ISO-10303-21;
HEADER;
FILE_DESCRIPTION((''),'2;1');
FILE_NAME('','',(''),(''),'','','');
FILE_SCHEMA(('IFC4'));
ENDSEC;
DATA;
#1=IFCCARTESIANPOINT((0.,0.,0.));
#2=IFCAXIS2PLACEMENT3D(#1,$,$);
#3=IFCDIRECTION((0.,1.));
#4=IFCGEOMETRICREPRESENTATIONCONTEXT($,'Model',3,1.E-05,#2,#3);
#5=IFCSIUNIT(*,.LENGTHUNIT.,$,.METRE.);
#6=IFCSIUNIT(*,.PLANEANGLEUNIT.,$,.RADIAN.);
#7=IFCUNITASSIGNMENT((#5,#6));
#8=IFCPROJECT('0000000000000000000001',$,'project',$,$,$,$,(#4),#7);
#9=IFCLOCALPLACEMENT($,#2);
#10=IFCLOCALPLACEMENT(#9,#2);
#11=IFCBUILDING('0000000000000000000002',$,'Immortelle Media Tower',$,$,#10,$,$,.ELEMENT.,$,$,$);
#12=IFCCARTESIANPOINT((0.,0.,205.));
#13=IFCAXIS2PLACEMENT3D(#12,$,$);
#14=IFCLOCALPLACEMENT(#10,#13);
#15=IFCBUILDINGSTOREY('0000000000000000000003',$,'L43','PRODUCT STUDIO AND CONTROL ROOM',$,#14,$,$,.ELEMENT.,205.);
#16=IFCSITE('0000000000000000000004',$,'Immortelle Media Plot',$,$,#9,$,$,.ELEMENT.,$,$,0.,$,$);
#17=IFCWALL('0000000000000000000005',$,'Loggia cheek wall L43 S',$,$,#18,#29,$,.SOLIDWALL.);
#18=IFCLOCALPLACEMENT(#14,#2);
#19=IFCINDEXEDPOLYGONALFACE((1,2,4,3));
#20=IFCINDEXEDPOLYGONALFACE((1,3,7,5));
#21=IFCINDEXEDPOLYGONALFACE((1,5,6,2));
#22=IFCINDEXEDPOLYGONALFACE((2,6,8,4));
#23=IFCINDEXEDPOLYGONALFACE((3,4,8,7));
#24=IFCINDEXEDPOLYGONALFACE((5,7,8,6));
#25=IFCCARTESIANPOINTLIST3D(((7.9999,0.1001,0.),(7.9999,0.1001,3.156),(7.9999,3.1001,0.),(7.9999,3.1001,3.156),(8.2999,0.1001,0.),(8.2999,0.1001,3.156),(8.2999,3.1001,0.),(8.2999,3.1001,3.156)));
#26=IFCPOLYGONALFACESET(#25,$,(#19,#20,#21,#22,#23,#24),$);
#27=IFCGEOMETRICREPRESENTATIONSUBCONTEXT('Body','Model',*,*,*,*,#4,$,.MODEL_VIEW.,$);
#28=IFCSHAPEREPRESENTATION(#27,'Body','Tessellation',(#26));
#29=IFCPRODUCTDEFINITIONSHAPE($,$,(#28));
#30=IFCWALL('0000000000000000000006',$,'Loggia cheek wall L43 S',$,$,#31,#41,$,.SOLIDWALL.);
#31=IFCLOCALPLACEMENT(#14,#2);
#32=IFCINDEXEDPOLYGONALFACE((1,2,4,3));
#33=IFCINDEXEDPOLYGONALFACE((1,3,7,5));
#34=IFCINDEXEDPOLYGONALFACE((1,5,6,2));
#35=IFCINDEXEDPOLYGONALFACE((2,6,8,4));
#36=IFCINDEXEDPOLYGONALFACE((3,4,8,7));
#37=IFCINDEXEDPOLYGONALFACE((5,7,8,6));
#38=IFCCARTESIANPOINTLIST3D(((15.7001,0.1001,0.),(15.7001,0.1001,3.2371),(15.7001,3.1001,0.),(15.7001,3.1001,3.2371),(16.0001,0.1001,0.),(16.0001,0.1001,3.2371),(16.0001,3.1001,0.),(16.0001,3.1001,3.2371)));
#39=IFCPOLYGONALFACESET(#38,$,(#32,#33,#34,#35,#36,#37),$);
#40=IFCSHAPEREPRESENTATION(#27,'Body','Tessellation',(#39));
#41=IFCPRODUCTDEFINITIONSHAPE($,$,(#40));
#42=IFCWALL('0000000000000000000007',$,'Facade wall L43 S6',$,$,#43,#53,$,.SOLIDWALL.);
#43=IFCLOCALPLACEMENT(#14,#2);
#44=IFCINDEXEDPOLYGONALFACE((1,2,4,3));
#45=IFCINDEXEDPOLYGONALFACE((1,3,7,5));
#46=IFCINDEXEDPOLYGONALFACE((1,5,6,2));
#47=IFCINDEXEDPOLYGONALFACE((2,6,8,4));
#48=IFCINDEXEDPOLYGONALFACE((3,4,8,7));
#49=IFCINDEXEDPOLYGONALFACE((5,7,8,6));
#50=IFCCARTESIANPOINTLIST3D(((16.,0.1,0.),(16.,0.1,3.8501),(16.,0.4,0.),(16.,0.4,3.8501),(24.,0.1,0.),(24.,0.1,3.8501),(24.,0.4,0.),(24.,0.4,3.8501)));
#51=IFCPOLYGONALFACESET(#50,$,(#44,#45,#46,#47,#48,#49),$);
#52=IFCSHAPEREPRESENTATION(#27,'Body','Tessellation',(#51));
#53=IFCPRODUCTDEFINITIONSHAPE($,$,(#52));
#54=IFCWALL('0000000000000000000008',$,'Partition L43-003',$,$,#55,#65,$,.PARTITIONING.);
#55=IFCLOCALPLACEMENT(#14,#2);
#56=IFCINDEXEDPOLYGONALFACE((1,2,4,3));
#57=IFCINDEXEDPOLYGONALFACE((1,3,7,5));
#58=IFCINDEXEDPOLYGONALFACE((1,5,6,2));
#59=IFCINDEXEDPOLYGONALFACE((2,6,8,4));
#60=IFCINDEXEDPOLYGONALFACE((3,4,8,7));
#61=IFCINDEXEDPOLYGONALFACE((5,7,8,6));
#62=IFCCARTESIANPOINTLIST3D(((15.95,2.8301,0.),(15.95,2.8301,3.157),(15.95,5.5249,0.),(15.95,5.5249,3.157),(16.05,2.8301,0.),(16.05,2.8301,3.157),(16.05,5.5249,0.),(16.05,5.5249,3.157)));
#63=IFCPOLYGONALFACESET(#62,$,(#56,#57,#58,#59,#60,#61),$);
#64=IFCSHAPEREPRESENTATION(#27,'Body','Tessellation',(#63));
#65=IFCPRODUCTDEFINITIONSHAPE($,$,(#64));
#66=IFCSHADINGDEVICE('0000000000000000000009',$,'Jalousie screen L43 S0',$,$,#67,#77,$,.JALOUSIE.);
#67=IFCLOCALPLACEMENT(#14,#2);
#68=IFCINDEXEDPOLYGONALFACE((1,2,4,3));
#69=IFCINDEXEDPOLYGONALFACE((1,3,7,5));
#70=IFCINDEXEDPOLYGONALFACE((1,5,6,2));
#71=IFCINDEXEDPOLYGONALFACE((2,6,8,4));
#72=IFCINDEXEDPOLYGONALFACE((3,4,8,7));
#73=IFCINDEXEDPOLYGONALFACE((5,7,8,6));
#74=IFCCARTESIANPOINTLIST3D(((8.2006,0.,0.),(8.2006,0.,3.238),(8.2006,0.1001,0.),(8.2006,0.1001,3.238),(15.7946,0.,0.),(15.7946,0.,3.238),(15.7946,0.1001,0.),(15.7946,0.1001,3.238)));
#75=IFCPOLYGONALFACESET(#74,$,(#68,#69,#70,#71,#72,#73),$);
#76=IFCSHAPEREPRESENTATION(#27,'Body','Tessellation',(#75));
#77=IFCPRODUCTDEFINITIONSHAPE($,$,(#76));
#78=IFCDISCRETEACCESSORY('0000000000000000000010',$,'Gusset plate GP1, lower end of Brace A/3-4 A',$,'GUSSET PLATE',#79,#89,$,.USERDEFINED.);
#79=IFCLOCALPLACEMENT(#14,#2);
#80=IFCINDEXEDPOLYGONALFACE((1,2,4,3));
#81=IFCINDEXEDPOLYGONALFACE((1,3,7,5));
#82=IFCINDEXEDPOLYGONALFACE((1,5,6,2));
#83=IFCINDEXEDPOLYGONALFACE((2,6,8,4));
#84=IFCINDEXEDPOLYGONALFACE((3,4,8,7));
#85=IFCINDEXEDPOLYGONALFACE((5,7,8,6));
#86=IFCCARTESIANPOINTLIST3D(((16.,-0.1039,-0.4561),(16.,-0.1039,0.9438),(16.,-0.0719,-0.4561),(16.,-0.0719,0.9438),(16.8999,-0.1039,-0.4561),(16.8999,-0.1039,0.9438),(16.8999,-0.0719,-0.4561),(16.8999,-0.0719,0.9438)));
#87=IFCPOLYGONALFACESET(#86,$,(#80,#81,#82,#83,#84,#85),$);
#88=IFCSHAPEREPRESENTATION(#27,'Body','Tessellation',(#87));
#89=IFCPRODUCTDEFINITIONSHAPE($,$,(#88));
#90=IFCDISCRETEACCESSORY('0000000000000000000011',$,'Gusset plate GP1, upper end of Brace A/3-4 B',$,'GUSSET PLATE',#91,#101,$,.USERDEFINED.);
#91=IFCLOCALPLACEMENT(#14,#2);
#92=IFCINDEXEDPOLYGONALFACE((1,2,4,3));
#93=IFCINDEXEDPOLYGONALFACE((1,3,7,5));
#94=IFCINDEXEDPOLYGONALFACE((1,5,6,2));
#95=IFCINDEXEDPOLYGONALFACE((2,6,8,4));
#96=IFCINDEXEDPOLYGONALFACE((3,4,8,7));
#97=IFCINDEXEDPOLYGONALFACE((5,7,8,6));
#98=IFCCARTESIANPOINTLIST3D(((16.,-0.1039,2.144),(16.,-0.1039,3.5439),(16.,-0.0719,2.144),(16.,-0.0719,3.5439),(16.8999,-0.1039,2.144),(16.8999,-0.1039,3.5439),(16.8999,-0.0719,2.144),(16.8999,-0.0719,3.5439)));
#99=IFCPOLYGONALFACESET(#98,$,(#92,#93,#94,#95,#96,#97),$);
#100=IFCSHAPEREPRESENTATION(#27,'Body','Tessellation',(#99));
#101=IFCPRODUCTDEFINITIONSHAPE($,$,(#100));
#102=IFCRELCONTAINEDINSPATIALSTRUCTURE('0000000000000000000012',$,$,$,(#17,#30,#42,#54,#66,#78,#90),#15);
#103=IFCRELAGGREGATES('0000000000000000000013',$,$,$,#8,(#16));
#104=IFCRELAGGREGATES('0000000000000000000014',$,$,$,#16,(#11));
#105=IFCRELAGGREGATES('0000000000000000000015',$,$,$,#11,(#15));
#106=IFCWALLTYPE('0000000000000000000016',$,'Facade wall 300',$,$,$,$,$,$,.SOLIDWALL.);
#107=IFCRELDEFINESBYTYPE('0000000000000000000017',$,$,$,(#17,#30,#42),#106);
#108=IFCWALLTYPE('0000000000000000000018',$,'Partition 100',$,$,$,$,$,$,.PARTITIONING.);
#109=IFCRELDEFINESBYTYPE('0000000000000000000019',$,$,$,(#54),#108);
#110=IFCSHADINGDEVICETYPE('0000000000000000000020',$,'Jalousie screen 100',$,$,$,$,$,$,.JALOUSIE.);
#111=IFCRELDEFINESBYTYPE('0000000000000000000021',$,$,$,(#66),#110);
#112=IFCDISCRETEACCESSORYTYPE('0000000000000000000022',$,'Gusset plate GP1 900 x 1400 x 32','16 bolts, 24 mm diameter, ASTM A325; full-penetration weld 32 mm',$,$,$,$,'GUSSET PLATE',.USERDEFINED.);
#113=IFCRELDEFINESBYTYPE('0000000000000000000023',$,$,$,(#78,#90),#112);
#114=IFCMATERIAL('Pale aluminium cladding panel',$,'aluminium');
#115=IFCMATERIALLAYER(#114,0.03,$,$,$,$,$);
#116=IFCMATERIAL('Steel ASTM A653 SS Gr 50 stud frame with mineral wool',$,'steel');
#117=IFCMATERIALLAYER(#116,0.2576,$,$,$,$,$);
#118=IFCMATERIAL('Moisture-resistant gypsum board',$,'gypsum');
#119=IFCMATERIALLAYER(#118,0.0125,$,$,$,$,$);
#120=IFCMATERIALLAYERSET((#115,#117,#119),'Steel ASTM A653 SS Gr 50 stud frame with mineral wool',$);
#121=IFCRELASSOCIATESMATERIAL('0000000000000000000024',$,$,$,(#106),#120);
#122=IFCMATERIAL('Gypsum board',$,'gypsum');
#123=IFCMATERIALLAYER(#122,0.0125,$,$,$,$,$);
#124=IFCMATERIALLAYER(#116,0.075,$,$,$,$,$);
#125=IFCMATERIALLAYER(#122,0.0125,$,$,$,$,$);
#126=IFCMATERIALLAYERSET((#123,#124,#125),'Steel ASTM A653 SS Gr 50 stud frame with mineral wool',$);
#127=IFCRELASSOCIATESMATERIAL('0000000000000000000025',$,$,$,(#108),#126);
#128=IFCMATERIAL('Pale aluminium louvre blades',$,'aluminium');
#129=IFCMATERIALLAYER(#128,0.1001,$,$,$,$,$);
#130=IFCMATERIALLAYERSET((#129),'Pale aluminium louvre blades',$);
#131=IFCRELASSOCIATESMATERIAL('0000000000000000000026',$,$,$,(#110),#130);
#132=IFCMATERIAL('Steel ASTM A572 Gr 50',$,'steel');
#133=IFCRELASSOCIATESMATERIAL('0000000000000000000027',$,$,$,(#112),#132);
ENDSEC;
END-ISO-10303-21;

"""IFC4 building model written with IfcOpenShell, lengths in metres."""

from ifc_helpers import new_model, si_unit, direction, frame, frame_2d, origin, origin_2d, place, context, subcontext, project, spatial, rectangle, extrude, material, layer, layer_set, material_profile, profile_set, type_object, element, save


model = new_model("IFC4")

# Units and contexts
model_context = context("Model", 3, precision=1e-05, world=origin(), true_north=direction((0.0, 1.0)))
body_context = subcontext(model_context, "Body", "Model", "MODEL_VIEW")
ifc_project = project(units=[si_unit("LENGTHUNIT", "METRE"), si_unit("PLANEANGLEUNIT", "RADIAN")], contexts=[model_context])

# Site, building, storey
site_placement = place(None, origin())
site = spatial("IfcSite", under=ifc_project, at=site_placement, Name="Immortelle Media Plot", CompositionType="ELEMENT", RefElevation=0.0)
building_placement = place(site_placement, origin())
building = spatial("IfcBuilding", under=site, at=building_placement, Name="Immortelle Media Tower", CompositionType="ELEMENT")
storey_placement = place(building_placement, frame((0.0, 0.0, 205.0)))
storey = spatial("IfcBuildingStorey", under=building, at=storey_placement, Name="L43", Description="PRODUCT STUDIO AND CONTROL ROOM", CompositionType="ELEMENT", Elevation=205.0)

# Shared definitions
ifc_material_1 = material(Name="Pale aluminium cladding panel", Category="aluminium")
ifc_layer_1 = layer(ifc_material_1, 0.03)
ifc_material_2 = material(Name="Steel ASTM A653 SS Gr 50 stud frame with mineral wool", Category="steel")
ifc_layer_2 = layer(ifc_material_2, 0.2576)
ifc_material_3 = material(Name="Moisture-resistant gypsum board", Category="gypsum")
ifc_layer_3 = layer(ifc_material_3, 0.0125)
ifc_layer_set_1 = layer_set([ifc_layer_1, ifc_layer_2, ifc_layer_3], Name="Steel ASTM A653 SS Gr 50 stud frame with mineral wool")
wall_type_1 = type_object("IfcWallType", Name="Facade wall 300", PredefinedType="SOLIDWALL", material=ifc_layer_set_1)

# Walls
wall_1_placement = place(storey_placement, frame((8.1499, 0.1001, 0.0), z_axis=(0.0, 0.0, 1.0), x_axis=(0.0, 1.0, 0.0)))
element("IfcWall", 1, at=wall_1_placement, inside=storey, type_object=wall_type_1, Name="Loggia cheek wall L43 S", PredefinedType="SOLIDWALL", context=body_context, shape_type="SweptSolid", body=[
    extrude(rectangle(XDim=3.0, YDim=0.3, at=frame_2d((1.5, 0.0))), origin(), (0.0, 0.0, 1.0), 3.156),
])
wall_2_placement = place(storey_placement, frame((15.8501, 0.1001, 0.0), z_axis=(0.0, 0.0, 1.0), x_axis=(0.0, 1.0, 0.0)))
element("IfcWall", 2, at=wall_2_placement, inside=storey, type_object=wall_type_1, Name="Loggia cheek wall L43 S", PredefinedType="SOLIDWALL", context=body_context, shape_type="SweptSolid", body=[
    extrude(rectangle(XDim=3.0, YDim=0.3, at=frame_2d((1.5, 0.0))), origin(), (0.0, 0.0, 1.0), 3.2371),
])
wall_3_placement = place(storey_placement, frame((16.0, 0.25, 0.0), z_axis=(0.0, 0.0, 1.0), x_axis=(1.0, 0.0, 0.0)))
element("IfcWall", 3, at=wall_3_placement, inside=storey, type_object=wall_type_1, Name="Facade wall L43 S6", PredefinedType="SOLIDWALL", context=body_context, shape_type="SweptSolid", body=[
    extrude(rectangle(XDim=8.0, YDim=0.3, at=frame_2d((4.0, 0.0))), origin(), (0.0, 0.0, 1.0), 3.8501),
])
ifc_material_4 = material(Name="Gypsum board", Category="gypsum")
ifc_layer_4 = layer(ifc_material_4, 0.0125)
ifc_layer_5 = layer(ifc_material_2, 0.075)
ifc_layer_6 = layer(ifc_material_4, 0.0125)
ifc_layer_set_2 = layer_set([ifc_layer_4, ifc_layer_5, ifc_layer_6], Name="Steel ASTM A653 SS Gr 50 stud frame with mineral wool")
wall_type_2 = type_object("IfcWallType", Name="Partition 100", PredefinedType="PARTITIONING", material=ifc_layer_set_2)
wall_4_placement = place(storey_placement, frame((16.0, 2.8301, 0.0), z_axis=(0.0, 0.0, 1.0), x_axis=(0.0, 1.0, 0.0)))
element("IfcWall", 4, at=wall_4_placement, inside=storey, type_object=wall_type_2, Name="Partition L43-003", PredefinedType="PARTITIONING", context=body_context, shape_type="SweptSolid", body=[
    extrude(rectangle(XDim=2.6948, YDim=0.1001, at=frame_2d((1.3474, 0.0))), origin(), (0.0, 0.0, 1.0), 3.157),
])

# Shading device
ifc_material_5 = material(Name="Pale aluminium louvre blades", Category="aluminium")
ifc_layer_7 = layer(ifc_material_5, 0.1001)
ifc_layer_set_3 = layer_set([ifc_layer_7], Name="Pale aluminium louvre blades")
shading_device_type = type_object("IfcShadingDeviceType", Name="Jalousie screen 100", PredefinedType="JALOUSIE", material=ifc_layer_set_3)
shading_device_placement = place(storey_placement, frame((11.9976, 0.05, 0.0), z_axis=(0.0, 0.0, 1.0), x_axis=(1.0, 0.0, 0.0)))
element("IfcShadingDevice", 5, at=shading_device_placement, inside=storey, type_object=shading_device_type, Name="Jalousie screen L43 S0", PredefinedType="JALOUSIE", context=body_context, shape_type="SweptSolid", body=[
    extrude(rectangle(XDim=7.594, YDim=0.1001, at=origin_2d()), origin(), (0.0, 0.0, 1.0), 3.238),
])

# Discrete accessories
ifc_material_6 = material(Name="Steel ASTM A572 Gr 50", Category="steel")
ifc_material_profile_1 = material_profile(ifc_material_6, rectangle(XDim=0.032, YDim=1.3999, at=origin_2d()), Name="PL 32 x 1400")
ifc_profile_set_1 = profile_set([ifc_material_profile_1], Name="Steel ASTM A572 Gr 50")
discrete_accessory_type = type_object("IfcDiscreteAccessoryType", Name="Gusset plate GP1 900 x 1400 x 32", Description="16 bolts, 24 mm diameter, ASTM A325; full-penetration weld 32 mm", ElementType="GUSSET PLATE", PredefinedType="USERDEFINED", material=ifc_profile_set_1)
for number, where, z_axis, x_axis, name in (
    (6, (16.0, -0.0879, 0.2439), (1.0, 0.0, 0.0), (0.0, 1.0, 0.0), "Gusset plate GP1, lower end of Brace A/3-4 A"),
    (7, (16.0, -0.0879, 2.844), (1.0, 0.0, 0.0), (0.0, 1.0, 0.0), "Gusset plate GP1, upper end of Brace A/3-4 B"),
):
    element("IfcDiscreteAccessory", number, at=place(storey_placement, frame(where, z_axis=z_axis, x_axis=x_axis)), inside=storey, type_object=discrete_accessory_type, Name=name, ObjectType="GUSSET PLATE", PredefinedType="USERDEFINED", context=body_context, shape_type="SweptSolid", body=[
        extrude(rectangle(XDim=0.032, YDim=1.3999, at=origin_2d()), origin(), (0.0, 0.0, 1.0), 0.8999),
    ])

save(model, "model.ifc")
